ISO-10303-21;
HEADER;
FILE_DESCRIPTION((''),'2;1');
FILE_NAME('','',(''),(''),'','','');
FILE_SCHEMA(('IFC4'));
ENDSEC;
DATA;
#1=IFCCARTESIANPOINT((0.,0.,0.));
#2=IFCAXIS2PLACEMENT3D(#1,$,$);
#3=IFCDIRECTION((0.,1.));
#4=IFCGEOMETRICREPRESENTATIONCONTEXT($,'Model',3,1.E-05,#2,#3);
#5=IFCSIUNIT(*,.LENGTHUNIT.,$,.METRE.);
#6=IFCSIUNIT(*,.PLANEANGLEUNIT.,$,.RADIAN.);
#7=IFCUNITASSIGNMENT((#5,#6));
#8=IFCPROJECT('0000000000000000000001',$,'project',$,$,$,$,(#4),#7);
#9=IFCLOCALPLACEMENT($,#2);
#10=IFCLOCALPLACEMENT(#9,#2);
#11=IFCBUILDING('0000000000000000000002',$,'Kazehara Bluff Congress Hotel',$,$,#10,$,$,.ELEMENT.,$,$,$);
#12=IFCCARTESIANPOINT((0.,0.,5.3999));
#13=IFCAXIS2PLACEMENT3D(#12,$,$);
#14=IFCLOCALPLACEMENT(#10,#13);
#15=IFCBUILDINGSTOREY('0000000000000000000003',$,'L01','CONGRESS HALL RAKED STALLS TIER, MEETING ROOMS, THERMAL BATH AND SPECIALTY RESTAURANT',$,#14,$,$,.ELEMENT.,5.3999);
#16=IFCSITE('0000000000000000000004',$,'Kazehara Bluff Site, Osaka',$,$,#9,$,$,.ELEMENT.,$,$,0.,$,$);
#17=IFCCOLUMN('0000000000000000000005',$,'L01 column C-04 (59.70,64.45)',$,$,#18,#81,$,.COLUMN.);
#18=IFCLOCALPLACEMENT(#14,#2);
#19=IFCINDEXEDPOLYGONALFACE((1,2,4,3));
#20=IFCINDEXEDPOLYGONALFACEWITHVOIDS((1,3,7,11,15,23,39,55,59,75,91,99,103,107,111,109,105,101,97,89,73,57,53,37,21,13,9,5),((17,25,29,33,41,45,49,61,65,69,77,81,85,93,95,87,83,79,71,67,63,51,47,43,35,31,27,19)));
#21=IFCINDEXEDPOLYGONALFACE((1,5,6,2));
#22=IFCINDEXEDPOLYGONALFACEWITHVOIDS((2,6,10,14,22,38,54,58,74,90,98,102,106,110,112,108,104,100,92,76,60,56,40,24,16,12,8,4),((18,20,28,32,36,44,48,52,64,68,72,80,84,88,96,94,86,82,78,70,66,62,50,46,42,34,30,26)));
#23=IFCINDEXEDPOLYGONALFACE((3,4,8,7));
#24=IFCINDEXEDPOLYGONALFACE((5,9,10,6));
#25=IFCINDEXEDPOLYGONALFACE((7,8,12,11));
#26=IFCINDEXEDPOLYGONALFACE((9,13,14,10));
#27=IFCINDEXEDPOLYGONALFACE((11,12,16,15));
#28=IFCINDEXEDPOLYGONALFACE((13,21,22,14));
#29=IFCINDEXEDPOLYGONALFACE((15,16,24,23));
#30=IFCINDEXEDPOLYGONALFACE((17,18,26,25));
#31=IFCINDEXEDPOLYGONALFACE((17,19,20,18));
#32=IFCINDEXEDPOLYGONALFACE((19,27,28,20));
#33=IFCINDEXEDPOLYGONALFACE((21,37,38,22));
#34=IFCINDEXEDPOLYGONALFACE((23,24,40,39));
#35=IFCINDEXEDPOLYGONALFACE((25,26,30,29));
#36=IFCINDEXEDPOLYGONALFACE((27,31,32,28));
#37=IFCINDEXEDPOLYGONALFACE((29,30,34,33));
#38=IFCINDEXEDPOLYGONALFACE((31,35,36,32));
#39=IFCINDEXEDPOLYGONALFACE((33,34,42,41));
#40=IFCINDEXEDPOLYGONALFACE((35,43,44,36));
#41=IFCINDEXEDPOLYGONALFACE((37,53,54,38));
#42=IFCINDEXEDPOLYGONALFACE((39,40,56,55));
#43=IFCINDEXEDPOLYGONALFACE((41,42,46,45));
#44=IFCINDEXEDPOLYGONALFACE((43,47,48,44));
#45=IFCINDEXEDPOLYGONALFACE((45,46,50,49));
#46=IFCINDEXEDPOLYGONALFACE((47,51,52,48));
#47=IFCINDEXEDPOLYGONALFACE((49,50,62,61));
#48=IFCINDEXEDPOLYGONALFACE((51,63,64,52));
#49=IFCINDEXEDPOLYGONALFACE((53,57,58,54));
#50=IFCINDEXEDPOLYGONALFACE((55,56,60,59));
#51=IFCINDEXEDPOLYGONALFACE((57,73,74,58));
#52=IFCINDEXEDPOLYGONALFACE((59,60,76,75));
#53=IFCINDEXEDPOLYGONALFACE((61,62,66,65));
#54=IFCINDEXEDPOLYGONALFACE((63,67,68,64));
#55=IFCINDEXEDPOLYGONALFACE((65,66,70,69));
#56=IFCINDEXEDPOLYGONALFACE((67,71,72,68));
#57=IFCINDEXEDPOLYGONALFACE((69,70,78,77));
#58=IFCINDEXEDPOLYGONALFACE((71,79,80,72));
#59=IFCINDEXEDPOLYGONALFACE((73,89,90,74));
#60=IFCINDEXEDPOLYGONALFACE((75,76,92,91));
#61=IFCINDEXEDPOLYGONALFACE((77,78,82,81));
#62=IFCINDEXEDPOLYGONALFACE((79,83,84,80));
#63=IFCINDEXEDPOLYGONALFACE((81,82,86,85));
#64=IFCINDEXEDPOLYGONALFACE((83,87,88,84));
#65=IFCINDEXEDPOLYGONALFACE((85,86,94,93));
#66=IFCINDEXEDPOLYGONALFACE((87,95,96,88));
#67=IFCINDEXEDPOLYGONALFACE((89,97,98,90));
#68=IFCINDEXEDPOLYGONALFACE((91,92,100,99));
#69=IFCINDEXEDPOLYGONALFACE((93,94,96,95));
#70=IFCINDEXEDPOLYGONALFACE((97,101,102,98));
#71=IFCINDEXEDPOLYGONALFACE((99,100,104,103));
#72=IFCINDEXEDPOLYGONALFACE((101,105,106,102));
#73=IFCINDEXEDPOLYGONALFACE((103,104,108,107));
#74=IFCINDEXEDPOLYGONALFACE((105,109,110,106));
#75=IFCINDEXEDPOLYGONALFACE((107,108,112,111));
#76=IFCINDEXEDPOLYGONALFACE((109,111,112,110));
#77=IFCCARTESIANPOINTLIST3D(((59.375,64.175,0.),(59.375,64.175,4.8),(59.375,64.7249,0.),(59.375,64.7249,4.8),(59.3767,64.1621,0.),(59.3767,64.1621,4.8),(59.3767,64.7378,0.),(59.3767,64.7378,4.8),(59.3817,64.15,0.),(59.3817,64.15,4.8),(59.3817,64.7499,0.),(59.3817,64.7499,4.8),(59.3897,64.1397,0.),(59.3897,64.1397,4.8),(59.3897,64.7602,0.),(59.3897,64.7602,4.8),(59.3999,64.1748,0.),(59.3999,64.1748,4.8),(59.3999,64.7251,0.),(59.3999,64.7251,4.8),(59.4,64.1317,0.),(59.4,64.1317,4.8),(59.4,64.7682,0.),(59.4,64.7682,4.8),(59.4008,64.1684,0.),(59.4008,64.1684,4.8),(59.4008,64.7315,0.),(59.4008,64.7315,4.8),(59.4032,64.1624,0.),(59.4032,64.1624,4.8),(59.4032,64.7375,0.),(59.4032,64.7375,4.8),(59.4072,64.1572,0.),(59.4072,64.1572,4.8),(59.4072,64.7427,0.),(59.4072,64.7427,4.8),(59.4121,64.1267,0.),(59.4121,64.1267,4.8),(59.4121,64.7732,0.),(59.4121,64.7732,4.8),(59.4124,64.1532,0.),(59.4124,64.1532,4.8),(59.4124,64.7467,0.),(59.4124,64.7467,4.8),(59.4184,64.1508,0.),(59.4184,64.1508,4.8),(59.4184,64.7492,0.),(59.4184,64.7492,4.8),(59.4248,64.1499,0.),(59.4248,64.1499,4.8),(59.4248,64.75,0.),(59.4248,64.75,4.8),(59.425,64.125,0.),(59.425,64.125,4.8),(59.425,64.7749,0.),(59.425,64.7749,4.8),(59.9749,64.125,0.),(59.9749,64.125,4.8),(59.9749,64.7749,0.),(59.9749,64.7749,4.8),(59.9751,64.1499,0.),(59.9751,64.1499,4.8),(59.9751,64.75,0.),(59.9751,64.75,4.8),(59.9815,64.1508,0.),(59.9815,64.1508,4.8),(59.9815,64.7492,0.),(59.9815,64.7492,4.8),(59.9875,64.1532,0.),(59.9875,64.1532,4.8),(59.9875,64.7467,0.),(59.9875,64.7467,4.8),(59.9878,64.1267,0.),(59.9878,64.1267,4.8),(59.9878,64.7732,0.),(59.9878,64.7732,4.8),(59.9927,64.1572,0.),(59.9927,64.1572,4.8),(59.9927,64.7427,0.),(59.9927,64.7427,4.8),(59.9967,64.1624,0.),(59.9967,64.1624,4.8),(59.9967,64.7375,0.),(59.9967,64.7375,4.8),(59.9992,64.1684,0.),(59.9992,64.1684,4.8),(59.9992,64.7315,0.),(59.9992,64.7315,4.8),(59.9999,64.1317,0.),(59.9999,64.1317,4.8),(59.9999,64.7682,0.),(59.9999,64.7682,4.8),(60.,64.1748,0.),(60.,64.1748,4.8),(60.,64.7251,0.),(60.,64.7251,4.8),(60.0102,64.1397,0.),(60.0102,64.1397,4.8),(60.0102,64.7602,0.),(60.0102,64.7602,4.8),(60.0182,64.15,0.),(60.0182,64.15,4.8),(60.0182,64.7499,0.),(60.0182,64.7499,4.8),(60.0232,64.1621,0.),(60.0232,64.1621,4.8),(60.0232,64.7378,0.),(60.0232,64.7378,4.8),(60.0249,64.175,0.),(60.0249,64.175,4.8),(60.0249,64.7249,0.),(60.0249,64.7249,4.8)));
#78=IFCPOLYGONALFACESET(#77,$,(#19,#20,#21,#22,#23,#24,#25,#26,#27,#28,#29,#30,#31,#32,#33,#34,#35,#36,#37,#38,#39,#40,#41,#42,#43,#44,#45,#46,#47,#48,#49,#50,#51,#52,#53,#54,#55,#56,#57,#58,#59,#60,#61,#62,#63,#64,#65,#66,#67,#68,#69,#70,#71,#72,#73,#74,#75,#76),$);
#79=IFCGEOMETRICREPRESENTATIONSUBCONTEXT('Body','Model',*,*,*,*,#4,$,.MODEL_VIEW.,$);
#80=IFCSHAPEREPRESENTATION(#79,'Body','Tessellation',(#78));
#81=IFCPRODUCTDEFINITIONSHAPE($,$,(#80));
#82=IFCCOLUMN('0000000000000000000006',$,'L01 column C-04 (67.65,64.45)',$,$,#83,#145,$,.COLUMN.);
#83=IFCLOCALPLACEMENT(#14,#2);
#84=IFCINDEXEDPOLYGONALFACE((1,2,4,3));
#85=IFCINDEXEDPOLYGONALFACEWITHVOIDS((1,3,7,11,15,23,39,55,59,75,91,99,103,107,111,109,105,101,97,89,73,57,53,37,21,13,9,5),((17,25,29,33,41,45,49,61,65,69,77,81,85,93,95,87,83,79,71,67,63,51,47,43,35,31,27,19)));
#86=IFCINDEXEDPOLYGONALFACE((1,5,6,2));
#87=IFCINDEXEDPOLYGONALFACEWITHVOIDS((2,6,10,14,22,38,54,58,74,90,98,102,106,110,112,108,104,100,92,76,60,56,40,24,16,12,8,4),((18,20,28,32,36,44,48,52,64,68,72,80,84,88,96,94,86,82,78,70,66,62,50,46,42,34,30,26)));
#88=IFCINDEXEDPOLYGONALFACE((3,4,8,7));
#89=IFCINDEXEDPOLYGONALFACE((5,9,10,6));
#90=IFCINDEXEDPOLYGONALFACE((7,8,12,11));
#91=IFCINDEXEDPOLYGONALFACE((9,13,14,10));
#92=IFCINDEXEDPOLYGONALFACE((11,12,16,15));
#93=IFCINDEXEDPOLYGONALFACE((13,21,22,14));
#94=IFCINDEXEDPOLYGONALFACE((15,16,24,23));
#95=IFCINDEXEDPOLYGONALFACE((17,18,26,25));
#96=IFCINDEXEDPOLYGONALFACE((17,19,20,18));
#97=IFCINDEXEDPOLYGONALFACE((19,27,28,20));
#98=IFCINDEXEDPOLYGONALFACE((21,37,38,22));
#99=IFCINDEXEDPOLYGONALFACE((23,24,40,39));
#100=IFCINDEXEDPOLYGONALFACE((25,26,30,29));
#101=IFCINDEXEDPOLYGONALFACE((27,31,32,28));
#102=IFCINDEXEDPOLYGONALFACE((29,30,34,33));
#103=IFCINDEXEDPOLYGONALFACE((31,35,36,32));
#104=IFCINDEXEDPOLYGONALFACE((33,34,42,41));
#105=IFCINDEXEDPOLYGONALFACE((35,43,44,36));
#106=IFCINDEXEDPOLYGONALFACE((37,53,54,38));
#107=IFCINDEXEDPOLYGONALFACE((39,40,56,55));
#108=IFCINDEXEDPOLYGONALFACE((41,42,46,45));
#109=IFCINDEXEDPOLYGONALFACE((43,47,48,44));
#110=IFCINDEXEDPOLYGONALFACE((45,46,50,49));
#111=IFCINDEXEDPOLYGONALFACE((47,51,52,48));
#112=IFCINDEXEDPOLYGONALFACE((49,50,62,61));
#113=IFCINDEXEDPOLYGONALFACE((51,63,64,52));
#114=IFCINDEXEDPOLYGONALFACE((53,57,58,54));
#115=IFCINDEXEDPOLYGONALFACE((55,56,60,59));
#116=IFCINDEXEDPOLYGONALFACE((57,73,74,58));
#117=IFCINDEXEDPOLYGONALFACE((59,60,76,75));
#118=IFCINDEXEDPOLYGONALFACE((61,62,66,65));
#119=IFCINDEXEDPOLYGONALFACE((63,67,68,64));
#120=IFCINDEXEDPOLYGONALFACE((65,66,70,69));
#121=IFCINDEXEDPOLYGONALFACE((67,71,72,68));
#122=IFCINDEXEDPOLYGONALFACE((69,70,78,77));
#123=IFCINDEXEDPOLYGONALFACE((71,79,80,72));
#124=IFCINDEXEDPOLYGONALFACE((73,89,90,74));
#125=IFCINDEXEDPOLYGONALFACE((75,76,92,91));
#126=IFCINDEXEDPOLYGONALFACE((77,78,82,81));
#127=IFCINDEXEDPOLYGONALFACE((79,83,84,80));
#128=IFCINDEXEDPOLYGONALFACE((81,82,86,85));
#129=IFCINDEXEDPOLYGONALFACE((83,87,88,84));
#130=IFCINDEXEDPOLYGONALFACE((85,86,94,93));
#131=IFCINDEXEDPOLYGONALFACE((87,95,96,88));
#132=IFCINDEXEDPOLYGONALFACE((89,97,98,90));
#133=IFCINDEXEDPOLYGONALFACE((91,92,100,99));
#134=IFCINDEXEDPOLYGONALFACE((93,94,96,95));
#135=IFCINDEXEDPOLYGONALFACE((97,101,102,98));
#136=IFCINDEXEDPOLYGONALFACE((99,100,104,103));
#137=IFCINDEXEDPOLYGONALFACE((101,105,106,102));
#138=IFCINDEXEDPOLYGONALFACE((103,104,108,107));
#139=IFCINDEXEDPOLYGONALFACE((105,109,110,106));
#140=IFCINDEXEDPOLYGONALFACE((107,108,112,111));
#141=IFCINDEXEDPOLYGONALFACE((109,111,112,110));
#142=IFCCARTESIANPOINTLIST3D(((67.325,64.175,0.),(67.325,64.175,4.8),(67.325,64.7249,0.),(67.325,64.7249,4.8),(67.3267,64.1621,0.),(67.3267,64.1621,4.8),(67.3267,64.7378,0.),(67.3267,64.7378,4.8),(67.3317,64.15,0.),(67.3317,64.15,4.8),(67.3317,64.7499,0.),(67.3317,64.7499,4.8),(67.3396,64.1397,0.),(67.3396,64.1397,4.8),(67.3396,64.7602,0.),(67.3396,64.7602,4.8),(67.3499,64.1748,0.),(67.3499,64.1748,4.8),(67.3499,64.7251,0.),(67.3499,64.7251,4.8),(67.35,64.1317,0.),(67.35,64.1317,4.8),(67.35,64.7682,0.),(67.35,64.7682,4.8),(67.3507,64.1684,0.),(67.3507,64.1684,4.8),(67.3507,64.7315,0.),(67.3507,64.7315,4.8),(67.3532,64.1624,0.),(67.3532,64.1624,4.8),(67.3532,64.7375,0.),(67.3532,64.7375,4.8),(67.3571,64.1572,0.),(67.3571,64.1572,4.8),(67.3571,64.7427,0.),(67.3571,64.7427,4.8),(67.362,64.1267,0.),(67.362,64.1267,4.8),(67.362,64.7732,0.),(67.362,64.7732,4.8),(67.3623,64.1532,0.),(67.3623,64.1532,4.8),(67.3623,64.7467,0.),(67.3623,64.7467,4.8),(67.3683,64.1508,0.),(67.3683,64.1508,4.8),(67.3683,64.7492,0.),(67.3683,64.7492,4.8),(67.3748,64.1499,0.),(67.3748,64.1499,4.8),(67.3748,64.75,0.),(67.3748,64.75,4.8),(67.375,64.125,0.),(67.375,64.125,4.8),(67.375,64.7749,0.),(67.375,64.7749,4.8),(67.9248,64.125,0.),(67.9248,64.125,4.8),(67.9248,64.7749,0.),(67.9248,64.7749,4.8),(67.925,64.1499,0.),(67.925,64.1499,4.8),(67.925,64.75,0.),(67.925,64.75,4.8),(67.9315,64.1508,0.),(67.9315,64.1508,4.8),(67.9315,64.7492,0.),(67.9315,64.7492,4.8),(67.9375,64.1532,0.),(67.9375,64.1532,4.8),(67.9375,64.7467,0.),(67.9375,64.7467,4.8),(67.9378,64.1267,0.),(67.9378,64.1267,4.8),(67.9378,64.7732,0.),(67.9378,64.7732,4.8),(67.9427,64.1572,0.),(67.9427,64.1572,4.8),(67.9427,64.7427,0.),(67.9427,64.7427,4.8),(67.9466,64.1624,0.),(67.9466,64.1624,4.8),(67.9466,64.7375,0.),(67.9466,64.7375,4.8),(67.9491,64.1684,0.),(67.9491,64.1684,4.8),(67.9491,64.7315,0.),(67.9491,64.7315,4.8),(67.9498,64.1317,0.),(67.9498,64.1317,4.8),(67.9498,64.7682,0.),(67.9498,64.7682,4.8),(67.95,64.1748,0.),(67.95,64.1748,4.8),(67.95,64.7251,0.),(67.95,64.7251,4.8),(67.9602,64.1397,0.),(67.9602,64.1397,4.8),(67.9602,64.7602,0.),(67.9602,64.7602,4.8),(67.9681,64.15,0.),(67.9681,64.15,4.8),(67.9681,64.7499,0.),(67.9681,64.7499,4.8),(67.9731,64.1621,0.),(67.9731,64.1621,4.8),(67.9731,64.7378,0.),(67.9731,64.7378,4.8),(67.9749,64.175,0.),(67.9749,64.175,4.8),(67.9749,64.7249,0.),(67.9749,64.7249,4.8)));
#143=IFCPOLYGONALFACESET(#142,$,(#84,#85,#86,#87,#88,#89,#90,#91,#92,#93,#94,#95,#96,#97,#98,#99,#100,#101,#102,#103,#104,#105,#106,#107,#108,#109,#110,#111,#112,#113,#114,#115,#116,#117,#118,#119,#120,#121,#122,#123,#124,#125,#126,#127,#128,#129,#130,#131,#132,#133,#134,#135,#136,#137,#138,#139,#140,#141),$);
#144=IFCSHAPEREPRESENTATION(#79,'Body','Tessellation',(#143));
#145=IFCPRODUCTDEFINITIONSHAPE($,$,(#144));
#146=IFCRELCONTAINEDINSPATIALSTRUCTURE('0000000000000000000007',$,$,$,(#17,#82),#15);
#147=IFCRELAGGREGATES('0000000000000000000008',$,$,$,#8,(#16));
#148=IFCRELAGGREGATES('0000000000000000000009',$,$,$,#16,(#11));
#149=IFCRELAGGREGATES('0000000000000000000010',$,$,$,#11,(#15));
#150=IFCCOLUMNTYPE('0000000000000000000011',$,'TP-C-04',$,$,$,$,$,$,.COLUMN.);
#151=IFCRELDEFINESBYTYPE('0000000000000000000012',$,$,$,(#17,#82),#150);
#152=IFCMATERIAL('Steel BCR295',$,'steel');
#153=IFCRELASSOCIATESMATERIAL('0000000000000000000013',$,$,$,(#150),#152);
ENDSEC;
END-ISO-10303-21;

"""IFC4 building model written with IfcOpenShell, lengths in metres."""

from ifc_helpers import new_model, si_unit, direction, frame, origin, origin_2d, place, context, subcontext, project, spatial, hollow_rectangle, extrude, material, material_profile, profile_set, type_object, element, save


model = new_model("IFC4")

# Units and contexts
model_context = context("Model", 3, precision=1e-05, world=origin(), true_north=direction((0.0, 1.0)))
body_context = subcontext(model_context, "Body", "Model", "MODEL_VIEW")
ifc_project = project(units=[si_unit("LENGTHUNIT", "METRE"), si_unit("PLANEANGLEUNIT", "RADIAN")], contexts=[model_context])

# Site, building, storey
site_placement = place(None, origin())
site = spatial("IfcSite", under=ifc_project, at=site_placement, Name="Kazehara Bluff Site, Osaka", CompositionType="ELEMENT", RefElevation=0.0)
building_placement = place(site_placement, origin())
building = spatial("IfcBuilding", under=site, at=building_placement, Name="Kazehara Bluff Congress Hotel", CompositionType="ELEMENT")
storey_placement = place(building_placement, frame((0.0, 0.0, 5.3999)))
storey = spatial("IfcBuildingStorey", under=building, at=storey_placement, Name="L01", Description="CONGRESS HALL RAKED STALLS TIER, MEETING ROOMS, THERMAL BATH AND SPECIALTY RESTAURANT", CompositionType="ELEMENT", Elevation=5.3999)

# Columns
ifc_material_1 = material(Name="Steel BCR295", Category="steel")
ifc_material_profile_1 = material_profile(ifc_material_1, hollow_rectangle(XDim=0.6499, YDim=0.6499, WallThickness=0.0249, InnerFilletRadius=0.0249, OuterFilletRadius=0.05, at=origin_2d()))
ifc_profile_set_1 = profile_set([ifc_material_profile_1], Name="Steel BCR295")
column_type = type_object("IfcColumnType", Name="TP-C-04", PredefinedType="COLUMN", material=ifc_profile_set_1)
for number, where, z_axis, x_axis, name in (
    (1, (59.7, 64.45, 0.0), (0.0, 0.0, 1.0), (1.0, 0.0, 0.0), "L01 column C-04 (59.70,64.45)"),
    (2, (67.6499, 64.45, 0.0), (0.0, 0.0, 1.0), (1.0, 0.0, 0.0), "L01 column C-04 (67.65,64.45)"),
):
    element("IfcColumn", number, at=place(storey_placement, frame(where, z_axis=z_axis, x_axis=x_axis)), inside=storey, type_object=column_type, Name=name, PredefinedType="COLUMN", context=body_context, shape_type="SweptSolid", body=[
        extrude(hollow_rectangle(XDim=0.6499, YDim=0.6499, WallThickness=0.0249, InnerFilletRadius=0.0249, OuterFilletRadius=0.05, at=origin_2d()), origin(), (0.0, 0.0, 1.0), 4.8),
    ])

save(model, "model.ifc")
